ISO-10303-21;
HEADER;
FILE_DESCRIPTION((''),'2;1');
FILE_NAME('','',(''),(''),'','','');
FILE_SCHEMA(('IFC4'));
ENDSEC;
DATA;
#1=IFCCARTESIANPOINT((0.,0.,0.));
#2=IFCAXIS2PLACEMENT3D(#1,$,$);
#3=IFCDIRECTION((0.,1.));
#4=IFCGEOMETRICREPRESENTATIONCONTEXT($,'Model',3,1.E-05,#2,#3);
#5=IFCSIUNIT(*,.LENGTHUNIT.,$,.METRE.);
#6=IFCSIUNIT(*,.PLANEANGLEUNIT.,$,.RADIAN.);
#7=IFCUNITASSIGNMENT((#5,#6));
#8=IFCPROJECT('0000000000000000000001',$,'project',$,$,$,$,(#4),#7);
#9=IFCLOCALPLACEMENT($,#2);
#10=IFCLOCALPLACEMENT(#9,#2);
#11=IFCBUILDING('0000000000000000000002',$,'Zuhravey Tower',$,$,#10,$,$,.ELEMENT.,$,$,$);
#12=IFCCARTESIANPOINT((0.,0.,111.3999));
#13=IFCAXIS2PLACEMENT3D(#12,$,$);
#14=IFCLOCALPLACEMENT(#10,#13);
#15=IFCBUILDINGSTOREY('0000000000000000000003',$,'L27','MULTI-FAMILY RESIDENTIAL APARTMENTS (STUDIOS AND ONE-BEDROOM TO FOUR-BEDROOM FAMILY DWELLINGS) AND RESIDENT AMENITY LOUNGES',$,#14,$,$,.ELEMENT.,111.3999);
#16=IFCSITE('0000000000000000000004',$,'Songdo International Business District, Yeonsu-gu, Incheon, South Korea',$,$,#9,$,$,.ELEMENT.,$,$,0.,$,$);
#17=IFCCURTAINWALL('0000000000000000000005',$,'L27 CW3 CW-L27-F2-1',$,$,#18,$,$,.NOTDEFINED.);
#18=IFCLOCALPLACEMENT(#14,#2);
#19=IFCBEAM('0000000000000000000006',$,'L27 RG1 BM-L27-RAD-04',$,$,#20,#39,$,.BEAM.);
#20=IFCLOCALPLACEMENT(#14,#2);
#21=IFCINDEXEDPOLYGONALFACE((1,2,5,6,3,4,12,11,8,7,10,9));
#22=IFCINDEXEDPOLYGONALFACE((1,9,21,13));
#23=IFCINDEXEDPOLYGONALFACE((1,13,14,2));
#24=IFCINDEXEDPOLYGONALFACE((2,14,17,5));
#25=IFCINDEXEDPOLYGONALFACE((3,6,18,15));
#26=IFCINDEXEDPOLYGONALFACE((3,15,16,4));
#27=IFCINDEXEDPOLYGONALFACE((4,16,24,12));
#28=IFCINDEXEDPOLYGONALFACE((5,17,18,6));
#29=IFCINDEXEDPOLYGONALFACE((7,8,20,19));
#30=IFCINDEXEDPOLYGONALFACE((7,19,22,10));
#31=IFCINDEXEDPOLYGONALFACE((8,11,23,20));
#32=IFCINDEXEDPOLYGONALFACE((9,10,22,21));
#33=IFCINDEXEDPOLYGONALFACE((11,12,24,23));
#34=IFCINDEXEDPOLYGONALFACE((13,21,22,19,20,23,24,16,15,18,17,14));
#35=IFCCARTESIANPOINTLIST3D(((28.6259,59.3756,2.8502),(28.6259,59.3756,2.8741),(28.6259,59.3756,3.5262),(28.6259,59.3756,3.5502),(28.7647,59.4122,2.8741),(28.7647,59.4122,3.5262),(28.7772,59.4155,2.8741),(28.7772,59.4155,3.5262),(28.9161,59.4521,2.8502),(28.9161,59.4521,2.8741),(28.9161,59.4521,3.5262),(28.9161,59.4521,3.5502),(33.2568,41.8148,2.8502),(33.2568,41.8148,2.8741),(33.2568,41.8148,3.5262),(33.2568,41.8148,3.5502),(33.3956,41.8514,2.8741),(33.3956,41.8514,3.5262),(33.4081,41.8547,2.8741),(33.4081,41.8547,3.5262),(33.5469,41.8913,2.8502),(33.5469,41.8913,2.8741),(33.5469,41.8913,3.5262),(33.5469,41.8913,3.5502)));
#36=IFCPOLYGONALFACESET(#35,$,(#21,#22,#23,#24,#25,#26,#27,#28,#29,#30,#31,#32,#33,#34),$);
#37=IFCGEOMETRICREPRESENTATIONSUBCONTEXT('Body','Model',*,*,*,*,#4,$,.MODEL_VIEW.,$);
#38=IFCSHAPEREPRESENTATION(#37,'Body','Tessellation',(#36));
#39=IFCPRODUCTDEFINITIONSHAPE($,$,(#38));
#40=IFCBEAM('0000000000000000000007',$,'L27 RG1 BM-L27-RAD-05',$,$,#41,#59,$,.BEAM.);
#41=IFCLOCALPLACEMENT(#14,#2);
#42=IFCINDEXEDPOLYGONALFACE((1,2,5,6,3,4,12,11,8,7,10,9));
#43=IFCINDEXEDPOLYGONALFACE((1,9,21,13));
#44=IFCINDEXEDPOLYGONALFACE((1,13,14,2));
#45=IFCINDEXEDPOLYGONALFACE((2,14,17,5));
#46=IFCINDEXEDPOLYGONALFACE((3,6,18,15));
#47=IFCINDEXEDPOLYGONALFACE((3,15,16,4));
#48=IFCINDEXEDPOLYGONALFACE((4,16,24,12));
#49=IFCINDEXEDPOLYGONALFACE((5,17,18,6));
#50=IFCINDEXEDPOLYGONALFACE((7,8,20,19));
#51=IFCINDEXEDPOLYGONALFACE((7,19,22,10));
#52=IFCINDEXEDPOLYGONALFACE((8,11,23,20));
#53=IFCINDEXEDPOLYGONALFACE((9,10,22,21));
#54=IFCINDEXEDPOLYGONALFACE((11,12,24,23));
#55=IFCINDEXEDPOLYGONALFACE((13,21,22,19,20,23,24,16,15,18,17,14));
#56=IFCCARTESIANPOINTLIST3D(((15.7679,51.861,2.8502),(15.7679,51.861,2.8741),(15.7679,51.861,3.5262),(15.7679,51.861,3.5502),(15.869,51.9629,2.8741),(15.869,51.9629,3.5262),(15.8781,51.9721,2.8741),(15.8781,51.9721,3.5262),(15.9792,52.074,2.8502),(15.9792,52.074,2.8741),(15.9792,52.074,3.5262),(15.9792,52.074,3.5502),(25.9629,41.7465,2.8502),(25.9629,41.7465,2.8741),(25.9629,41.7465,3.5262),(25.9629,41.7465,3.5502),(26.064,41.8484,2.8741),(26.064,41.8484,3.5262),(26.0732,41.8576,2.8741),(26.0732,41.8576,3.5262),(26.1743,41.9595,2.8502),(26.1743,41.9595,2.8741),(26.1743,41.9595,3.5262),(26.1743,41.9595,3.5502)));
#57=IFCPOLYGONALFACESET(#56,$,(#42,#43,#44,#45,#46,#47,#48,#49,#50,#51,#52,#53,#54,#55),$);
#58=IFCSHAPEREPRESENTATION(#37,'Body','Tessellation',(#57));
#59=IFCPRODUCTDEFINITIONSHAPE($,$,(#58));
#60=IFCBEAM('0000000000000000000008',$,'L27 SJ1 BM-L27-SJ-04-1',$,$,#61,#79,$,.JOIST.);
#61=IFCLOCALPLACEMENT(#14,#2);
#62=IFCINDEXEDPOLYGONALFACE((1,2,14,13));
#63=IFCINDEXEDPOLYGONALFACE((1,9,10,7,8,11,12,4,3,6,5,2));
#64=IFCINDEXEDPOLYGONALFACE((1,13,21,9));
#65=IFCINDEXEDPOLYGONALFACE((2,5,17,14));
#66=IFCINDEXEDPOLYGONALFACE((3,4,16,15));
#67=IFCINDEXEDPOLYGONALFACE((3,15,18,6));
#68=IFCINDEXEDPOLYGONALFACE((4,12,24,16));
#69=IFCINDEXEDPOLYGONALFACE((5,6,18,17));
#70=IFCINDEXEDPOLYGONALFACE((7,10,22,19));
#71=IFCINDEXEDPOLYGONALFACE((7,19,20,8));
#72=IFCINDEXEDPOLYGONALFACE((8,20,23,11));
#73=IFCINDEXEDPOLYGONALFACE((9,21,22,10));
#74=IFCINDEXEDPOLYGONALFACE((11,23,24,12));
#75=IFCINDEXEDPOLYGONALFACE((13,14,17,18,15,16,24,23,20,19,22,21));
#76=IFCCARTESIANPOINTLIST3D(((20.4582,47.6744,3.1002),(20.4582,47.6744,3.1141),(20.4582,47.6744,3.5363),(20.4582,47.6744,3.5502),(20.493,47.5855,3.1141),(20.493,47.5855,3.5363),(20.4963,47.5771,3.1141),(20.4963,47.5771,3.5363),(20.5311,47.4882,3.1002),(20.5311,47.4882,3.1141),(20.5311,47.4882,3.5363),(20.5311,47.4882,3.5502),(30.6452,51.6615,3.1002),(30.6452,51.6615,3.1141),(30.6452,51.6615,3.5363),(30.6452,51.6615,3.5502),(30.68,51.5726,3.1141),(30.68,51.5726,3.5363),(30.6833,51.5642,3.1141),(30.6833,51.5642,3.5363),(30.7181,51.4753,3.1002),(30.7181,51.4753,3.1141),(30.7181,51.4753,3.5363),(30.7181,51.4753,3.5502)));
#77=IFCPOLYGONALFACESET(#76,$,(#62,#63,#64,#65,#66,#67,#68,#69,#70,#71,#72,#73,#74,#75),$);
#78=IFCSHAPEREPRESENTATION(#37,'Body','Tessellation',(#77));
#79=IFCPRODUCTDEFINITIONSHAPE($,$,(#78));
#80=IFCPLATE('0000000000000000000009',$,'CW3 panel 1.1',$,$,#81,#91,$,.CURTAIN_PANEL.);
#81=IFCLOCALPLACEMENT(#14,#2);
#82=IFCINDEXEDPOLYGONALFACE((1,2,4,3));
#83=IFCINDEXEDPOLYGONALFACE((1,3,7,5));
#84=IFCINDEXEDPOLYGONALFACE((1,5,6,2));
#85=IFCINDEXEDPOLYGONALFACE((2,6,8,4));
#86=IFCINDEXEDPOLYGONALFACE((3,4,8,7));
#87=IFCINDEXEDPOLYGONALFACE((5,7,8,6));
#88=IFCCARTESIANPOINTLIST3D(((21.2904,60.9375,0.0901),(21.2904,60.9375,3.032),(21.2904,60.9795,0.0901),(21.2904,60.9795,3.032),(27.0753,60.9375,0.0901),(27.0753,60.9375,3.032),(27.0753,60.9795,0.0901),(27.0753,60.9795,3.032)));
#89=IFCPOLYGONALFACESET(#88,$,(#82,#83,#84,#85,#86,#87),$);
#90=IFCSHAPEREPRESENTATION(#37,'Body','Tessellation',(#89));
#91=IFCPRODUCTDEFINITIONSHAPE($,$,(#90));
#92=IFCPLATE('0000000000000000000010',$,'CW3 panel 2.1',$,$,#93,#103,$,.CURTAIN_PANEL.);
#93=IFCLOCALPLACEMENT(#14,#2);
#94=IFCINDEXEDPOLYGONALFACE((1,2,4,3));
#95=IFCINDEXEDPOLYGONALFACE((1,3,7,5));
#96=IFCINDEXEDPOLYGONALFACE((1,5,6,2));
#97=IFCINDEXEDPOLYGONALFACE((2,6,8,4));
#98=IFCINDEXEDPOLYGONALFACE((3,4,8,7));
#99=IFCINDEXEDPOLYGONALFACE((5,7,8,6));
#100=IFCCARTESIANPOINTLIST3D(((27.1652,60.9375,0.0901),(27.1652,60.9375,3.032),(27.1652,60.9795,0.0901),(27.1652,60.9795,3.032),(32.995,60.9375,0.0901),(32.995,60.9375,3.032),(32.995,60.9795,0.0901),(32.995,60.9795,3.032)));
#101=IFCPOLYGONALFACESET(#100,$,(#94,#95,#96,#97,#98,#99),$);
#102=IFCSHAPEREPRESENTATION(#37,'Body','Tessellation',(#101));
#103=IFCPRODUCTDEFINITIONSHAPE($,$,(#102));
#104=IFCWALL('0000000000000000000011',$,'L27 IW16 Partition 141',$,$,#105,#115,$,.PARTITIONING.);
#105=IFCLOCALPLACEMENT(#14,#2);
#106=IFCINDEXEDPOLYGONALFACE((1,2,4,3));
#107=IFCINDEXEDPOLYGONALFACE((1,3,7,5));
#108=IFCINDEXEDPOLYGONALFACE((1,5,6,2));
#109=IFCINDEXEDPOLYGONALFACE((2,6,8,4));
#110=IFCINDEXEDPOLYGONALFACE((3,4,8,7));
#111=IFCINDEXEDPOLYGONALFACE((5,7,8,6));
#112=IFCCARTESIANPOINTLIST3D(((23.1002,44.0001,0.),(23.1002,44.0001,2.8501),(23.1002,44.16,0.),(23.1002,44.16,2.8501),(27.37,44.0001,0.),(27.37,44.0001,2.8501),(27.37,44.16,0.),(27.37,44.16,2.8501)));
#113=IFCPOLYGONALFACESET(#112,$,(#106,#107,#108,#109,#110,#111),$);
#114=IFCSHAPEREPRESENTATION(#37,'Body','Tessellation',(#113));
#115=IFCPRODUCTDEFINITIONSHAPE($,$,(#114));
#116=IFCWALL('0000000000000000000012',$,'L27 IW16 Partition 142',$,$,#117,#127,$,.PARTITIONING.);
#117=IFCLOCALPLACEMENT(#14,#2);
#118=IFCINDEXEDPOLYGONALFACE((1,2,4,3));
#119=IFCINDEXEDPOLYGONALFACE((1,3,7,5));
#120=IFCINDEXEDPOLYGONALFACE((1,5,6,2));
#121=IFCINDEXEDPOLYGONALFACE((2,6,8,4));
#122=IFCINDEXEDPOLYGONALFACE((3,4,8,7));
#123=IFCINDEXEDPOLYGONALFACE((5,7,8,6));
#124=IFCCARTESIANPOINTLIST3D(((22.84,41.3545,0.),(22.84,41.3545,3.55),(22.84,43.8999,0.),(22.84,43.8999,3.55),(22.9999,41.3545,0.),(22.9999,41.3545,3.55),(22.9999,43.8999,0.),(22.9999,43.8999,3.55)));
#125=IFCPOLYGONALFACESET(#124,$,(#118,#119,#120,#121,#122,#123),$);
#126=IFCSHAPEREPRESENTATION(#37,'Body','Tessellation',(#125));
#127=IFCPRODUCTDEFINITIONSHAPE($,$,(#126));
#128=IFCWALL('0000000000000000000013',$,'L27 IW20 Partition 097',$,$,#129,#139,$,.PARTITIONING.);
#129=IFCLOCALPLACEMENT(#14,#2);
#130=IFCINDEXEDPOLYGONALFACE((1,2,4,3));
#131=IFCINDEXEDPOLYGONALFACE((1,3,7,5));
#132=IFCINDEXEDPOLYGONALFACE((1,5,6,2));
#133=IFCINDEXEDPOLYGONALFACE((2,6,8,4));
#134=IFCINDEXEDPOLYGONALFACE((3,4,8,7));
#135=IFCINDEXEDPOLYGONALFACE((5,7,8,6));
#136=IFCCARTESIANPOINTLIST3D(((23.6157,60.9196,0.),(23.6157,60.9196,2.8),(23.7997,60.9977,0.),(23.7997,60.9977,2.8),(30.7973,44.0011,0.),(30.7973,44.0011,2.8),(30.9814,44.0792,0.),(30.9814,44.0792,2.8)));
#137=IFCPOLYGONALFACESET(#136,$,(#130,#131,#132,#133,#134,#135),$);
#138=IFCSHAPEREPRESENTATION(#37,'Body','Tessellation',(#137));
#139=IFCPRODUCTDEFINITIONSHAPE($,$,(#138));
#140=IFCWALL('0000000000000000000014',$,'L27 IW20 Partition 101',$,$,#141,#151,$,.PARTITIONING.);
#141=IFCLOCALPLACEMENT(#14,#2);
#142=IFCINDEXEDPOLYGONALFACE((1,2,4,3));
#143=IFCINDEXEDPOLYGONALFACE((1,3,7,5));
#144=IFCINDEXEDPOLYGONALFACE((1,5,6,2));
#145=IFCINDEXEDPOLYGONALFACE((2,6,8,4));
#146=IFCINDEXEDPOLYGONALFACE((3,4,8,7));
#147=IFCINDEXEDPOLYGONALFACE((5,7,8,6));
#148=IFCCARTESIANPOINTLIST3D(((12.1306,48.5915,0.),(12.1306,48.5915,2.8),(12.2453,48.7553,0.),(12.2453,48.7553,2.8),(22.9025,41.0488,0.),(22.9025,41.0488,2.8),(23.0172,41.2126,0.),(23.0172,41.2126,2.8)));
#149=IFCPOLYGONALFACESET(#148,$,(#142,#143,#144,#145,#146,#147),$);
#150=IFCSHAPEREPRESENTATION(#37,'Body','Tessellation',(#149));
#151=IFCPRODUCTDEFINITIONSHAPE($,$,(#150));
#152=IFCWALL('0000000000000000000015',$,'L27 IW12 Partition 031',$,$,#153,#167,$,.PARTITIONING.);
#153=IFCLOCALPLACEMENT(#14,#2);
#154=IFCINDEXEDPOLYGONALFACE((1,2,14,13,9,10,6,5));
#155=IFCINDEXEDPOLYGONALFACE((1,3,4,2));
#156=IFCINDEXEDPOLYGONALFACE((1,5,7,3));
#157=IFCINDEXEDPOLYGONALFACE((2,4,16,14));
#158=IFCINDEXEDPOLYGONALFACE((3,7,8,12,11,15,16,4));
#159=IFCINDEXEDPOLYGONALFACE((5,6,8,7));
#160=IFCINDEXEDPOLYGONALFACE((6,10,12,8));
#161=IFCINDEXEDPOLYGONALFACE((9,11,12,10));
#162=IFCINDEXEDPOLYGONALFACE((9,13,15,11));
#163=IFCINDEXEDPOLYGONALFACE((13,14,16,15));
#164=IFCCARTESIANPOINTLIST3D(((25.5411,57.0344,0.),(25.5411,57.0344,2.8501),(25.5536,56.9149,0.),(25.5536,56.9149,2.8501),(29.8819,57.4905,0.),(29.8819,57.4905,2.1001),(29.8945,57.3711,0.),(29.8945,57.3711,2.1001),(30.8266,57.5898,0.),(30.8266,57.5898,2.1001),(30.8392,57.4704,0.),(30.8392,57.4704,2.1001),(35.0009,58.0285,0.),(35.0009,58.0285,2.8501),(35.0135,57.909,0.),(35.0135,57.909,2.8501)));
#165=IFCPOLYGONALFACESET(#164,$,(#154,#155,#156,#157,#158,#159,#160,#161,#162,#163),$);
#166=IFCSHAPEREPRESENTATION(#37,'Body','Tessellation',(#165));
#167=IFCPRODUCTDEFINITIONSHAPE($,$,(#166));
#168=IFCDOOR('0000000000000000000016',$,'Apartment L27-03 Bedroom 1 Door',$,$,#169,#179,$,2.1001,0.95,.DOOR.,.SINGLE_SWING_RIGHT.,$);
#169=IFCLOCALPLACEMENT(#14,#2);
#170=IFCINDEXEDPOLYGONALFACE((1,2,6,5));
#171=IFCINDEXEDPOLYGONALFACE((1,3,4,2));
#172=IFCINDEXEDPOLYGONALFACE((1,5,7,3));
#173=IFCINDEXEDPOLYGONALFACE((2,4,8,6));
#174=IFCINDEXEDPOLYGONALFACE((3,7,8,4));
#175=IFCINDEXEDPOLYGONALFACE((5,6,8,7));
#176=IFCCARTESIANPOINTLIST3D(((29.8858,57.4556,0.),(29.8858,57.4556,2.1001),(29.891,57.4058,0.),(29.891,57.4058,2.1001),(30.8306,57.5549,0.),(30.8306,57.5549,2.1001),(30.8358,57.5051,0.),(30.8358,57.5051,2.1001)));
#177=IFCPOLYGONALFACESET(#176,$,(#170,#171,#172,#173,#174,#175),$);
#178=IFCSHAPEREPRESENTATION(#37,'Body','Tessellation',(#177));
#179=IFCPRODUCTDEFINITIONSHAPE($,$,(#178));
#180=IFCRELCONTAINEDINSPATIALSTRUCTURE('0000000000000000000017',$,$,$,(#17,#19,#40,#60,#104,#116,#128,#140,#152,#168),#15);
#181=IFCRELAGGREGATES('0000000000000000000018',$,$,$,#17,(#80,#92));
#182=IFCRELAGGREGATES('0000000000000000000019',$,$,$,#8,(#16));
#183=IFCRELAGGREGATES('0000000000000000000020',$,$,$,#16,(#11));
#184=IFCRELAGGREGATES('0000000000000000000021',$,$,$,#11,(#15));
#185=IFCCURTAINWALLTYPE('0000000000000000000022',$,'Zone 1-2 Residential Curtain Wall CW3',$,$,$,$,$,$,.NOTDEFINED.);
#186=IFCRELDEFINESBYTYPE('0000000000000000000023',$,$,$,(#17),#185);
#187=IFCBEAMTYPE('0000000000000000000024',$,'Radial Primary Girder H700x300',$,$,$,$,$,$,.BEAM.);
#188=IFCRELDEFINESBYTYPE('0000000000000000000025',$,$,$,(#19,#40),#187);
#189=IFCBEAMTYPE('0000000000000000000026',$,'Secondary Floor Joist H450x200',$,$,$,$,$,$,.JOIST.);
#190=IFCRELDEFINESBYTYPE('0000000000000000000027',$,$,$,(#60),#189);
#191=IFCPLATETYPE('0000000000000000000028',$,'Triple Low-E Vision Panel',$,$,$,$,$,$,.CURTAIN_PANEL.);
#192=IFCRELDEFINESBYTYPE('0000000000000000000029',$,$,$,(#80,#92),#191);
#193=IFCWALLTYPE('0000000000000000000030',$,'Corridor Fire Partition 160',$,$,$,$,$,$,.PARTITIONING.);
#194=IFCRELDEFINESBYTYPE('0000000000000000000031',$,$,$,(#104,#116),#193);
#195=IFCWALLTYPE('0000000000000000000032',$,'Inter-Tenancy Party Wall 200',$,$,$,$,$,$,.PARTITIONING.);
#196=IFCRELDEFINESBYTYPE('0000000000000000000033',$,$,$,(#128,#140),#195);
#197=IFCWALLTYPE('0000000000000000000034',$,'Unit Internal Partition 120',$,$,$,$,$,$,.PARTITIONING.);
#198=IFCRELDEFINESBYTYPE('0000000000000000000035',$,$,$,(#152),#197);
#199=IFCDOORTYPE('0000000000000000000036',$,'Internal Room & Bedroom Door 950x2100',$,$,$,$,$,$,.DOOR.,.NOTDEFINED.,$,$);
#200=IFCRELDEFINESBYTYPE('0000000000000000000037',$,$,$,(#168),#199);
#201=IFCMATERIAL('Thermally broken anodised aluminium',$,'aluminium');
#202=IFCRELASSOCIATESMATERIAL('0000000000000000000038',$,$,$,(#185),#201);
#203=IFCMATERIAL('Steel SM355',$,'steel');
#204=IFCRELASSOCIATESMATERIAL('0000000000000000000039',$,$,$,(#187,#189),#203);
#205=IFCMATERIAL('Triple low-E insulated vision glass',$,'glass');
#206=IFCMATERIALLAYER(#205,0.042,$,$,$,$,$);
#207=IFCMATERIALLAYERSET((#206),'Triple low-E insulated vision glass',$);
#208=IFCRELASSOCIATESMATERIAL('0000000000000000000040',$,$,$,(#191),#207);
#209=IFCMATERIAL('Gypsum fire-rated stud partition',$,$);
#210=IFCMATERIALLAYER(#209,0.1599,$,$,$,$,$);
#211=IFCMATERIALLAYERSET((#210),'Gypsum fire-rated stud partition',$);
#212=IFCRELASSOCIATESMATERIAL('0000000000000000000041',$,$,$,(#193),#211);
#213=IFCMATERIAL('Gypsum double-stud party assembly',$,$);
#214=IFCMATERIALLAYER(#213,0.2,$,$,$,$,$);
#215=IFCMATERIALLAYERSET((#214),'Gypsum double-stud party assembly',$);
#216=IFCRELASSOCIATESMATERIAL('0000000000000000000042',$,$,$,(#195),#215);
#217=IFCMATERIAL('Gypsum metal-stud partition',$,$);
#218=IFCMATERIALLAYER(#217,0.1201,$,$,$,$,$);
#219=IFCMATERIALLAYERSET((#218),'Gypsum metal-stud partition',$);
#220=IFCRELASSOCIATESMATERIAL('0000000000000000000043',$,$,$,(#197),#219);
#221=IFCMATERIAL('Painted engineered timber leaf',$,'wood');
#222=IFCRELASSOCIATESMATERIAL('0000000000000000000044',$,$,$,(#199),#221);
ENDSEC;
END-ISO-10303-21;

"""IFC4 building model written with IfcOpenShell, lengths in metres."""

from ifc_helpers import new_model, si_unit, direction, frame, frame_2d, origin, origin_2d, place, context, subcontext, project, spatial, rectangle, i_section, extrude, material, layer, layer_set, material_profile, profile_set, type_object, element, fill, aggregate, save


model = new_model("IFC4")

# Units and contexts
model_context = context("Model", 3, precision=1e-05, world=origin(), true_north=direction((0.0, 1.0)))
body_context = subcontext(model_context, "Body", "Model", "MODEL_VIEW")
ifc_project = project(units=[si_unit("LENGTHUNIT", "METRE"), si_unit("PLANEANGLEUNIT", "RADIAN")], contexts=[model_context])

# Site, building, storey
site_placement = place(None, origin())
site = spatial("IfcSite", under=ifc_project, at=site_placement, Name="Songdo International Business District, Yeonsu-gu, Incheon, South Korea", CompositionType="ELEMENT", RefElevation=0.0)
building_placement = place(site_placement, origin())
building = spatial("IfcBuilding", under=site, at=building_placement, Name="Zuhravey Tower", CompositionType="ELEMENT")
storey_placement = place(building_placement, frame((0.0, 0.0, 111.3999)))
storey = spatial("IfcBuildingStorey", under=building, at=storey_placement, Name="L27", Description="MULTI-FAMILY RESIDENTIAL APARTMENTS (STUDIOS AND ONE-BEDROOM TO FOUR-BEDROOM FAMILY DWELLINGS) AND RESIDENT AMENITY LOUNGES", CompositionType="ELEMENT", Elevation=111.3999)

# Curtain wall
ifc_material_1 = material(Name="Thermally broken anodised aluminium", Category="aluminium")
curtain_wall_type = type_object("IfcCurtainWallType", Name="Zone 1-2 Residential Curtain Wall CW3", PredefinedType="NOTDEFINED", material=ifc_material_1)
curtain_wall_placement = place(storey_placement, origin())
curtain_wall = element("IfcCurtainWall", 1, at=curtain_wall_placement, inside=storey, type_object=curtain_wall_type, Name="L27 CW3 CW-L27-F2-1", PredefinedType="NOTDEFINED")

# Beams
ifc_material_2 = material(Name="Steel SM355", Category="steel")
ifc_material_profile_1 = material_profile(ifc_material_2, i_section(OverallWidth=0.3, OverallDepth=0.7, WebThickness=0.0129, FlangeThickness=0.0239, at=origin_2d()), Name="H-700x300x13x24")
ifc_profile_set_1 = profile_set([ifc_material_profile_1], Name="Steel SM355")
beam_type_1 = type_object("IfcBeamType", Name="Radial Primary Girder H700x300", PredefinedType="BEAM", material=ifc_profile_set_1)
beam_1_placement = place(storey_placement, frame((33.4019, 41.853, 3.2002), z_axis=(-0.254988, 0.966944, 0.0), x_axis=(-0.966944, -0.254988, 0.0)))
element("IfcBeam", 2, at=beam_1_placement, inside=storey, type_object=beam_type_1, Name="L27 RG1 BM-L27-RAD-04", PredefinedType="BEAM", context=body_context, shape_type="SweptSolid", body=[
    extrude(i_section(OverallWidth=0.3, OverallDepth=0.7, WebThickness=0.0129, FlangeThickness=0.0239, at=origin_2d()), origin(), (0.0, 0.0, 1.0), 18.1611),
])
beam_2_placement = place(storey_placement, frame((26.0686, 41.853, 3.2002), z_axis=(-0.709906, 0.704296, 0.0), x_axis=(-0.704296, -0.709906, 0.0)))
element("IfcBeam", 3, at=beam_2_placement, inside=storey, type_object=beam_type_1, Name="L27 RG1 BM-L27-RAD-05", PredefinedType="BEAM", context=body_context, shape_type="SweptSolid", body=[
    extrude(i_section(OverallWidth=0.3, OverallDepth=0.7, WebThickness=0.0129, FlangeThickness=0.0239, at=origin_2d()), origin(), (0.0, 0.0, 1.0), 14.3611),
])
ifc_material_profile_2 = material_profile(ifc_material_2, i_section(OverallWidth=0.2, OverallDepth=0.45, WebThickness=0.009, FlangeThickness=0.0139, at=origin_2d()), Name="H-450x200x9x14")
ifc_profile_set_2 = profile_set([ifc_material_profile_2], Name="Steel SM355")
beam_type_2 = type_object("IfcBeamType", Name="Secondary Floor Joist H450x200", PredefinedType="JOIST", material=ifc_profile_set_2)
beam_3_placement = place(storey_placement, frame((30.6816, 51.5684, 3.3252), z_axis=(-0.931217, -0.364466, 0.0), x_axis=(0.364466, -0.931217, 0.0)))
element("IfcBeam", 4, at=beam_3_placement, inside=storey, type_object=beam_type_2, Name="L27 SJ1 BM-L27-SJ-04-1", PredefinedType="JOIST", context=body_context, shape_type="SweptSolid", body=[
    extrude(i_section(OverallWidth=0.2, OverallDepth=0.45, WebThickness=0.009, FlangeThickness=0.0139, at=origin_2d()), origin(), (0.0, 0.0, 1.0), 10.9395),
])

# Plates
ifc_material_3 = material(Name="Triple low-E insulated vision glass", Category="glass")
ifc_layer_1 = layer(ifc_material_3, 0.042)
ifc_layer_set_1 = layer_set([ifc_layer_1], Name="Triple low-E insulated vision glass")
plate_type = type_object("IfcPlateType", Name="Triple Low-E Vision Panel", PredefinedType="CURTAIN_PANEL", material=ifc_layer_set_1)
plate_1_placement = place(storey_placement, frame((24.1829, 60.9585, 0.0901), z_axis=(0.0, 0.0, 1.0), x_axis=(1.0, 0.0, 0.0)))
plate_1 = element("IfcPlate", 5, at=plate_1_placement, type_object=plate_type, Name="CW3 panel 1.1", PredefinedType="CURTAIN_PANEL", context=body_context, shape_type="SweptSolid", body=[
    extrude(rectangle(XDim=5.7849, YDim=0.042, at=origin_2d()), origin(), (0.0, 0.0, 1.0), 2.9419),
])
plate_2_placement = place(storey_placement, frame((30.0801, 60.9585, 0.0901), z_axis=(0.0, 0.0, 1.0), x_axis=(1.0, 0.0, 0.0)))
plate_2 = element("IfcPlate", 6, at=plate_2_placement, type_object=plate_type, Name="CW3 panel 2.1", PredefinedType="CURTAIN_PANEL", context=body_context, shape_type="SweptSolid", body=[
    extrude(rectangle(XDim=5.8298, YDim=0.042, at=origin_2d()), origin(), (0.0, 0.0, 1.0), 2.9419),
])
aggregate(curtain_wall, [plate_1, plate_2])

# Shared definitions
ifc_material_4 = material(Name="Gypsum fire-rated stud partition")
ifc_layer_2 = layer(ifc_material_4, 0.1599)
ifc_layer_set_2 = layer_set([ifc_layer_2], Name="Gypsum fire-rated stud partition")
wall_type_1 = type_object("IfcWallType", Name="Corridor Fire Partition 160", PredefinedType="PARTITIONING", material=ifc_layer_set_2)

# Walls
wall_1_placement = place(storey_placement, frame((27.3699, 44.0801, 0.0), z_axis=(0.0, 0.0, 1.0), x_axis=(-1.0, 0.0, 0.0)))
element("IfcWall", 7, at=wall_1_placement, inside=storey, type_object=wall_type_1, Name="L27 IW16 Partition 141", PredefinedType="PARTITIONING", context=body_context, shape_type="SweptSolid", body=[
    extrude(rectangle(XDim=4.2698, YDim=0.1599, at=frame_2d((2.1348, 0.0))), origin(), (0.0, 0.0, 1.0), 2.8501),
])
wall_2_placement = place(storey_placement, frame((22.9199, 43.8999, 0.0), z_axis=(0.0, 0.0, 1.0), x_axis=(0.0, -1.0, 0.0)))
element("IfcWall", 8, at=wall_2_placement, inside=storey, type_object=wall_type_1, Name="L27 IW16 Partition 142", PredefinedType="PARTITIONING", context=body_context, shape_type="SweptSolid", body=[
    extrude(rectangle(XDim=2.5454, YDim=0.1599, at=frame_2d((1.2727, 0.0))), origin(), (0.0, 0.0, 1.0), 3.55),
])
ifc_material_5 = material(Name="Gypsum double-stud party assembly")
ifc_layer_3 = layer(ifc_material_5, 0.2)
ifc_layer_set_3 = layer_set([ifc_layer_3], Name="Gypsum double-stud party assembly")
wall_type_2 = type_object("IfcWallType", Name="Inter-Tenancy Party Wall 200", PredefinedType="PARTITIONING", material=ifc_layer_set_3)
wall_3_placement = place(storey_placement, frame((30.8894, 44.04, 0.0), z_axis=(0.0, 0.0, 1.0), x_axis=(-0.39074, 0.920501, 0.0)))
element("IfcWall", 9, at=wall_3_placement, inside=storey, type_object=wall_type_2, Name="L27 IW20 Partition 097", PredefinedType="PARTITIONING", context=body_context, shape_type="SweptSolid", body=[
    extrude(rectangle(XDim=18.3796, YDim=0.2, at=frame_2d((9.1899, 0.0))), origin(), (0.0, 0.0, 1.0), 2.8),
])
wall_4_placement = place(storey_placement, frame((22.96, 41.1306, 0.0), z_axis=(0.0, 0.0, 1.0), x_axis=(-0.819148, 0.573582, 0.0)))
element("IfcWall", 10, at=wall_4_placement, inside=storey, type_object=wall_type_2, Name="L27 IW20 Partition 101", PredefinedType="PARTITIONING", context=body_context, shape_type="SweptSolid", body=[
    extrude(rectangle(XDim=13.1501, YDim=0.2, at=frame_2d((6.5752, 0.0))), origin(), (0.0, 0.0, 1.0), 2.8),
])

# Wall, opening, door
ifc_material_6 = material(Name="Gypsum metal-stud partition")
ifc_layer_4 = layer(ifc_material_6, 0.1201)
ifc_layer_set_4 = layer_set([ifc_layer_4], Name="Gypsum metal-stud partition")
wall_type_3 = type_object("IfcWallType", Name="Unit Internal Partition 120", PredefinedType="PARTITIONING", material=ifc_layer_set_4)
wall_5_placement = place(storey_placement, frame((35.0071, 57.9688, 0.0), z_axis=(0.0, 0.0, 1.0), x_axis=(-0.994523, -0.104514, 0.0)))
wall_5 = element("IfcWall", 11, at=wall_5_placement, inside=storey, type_object=wall_type_3, Name="L27 IW12 Partition 031", PredefinedType="PARTITIONING", context=body_context, shape_type="SweptSolid", body=[
    extrude(rectangle(XDim=9.512, YDim=0.1201, at=frame_2d((4.7559, 0.0))), origin(), (0.0, 0.0, 1.0), 2.8501),
])
opening_1_placement = place(wall_5_placement, frame((4.197, 0.0, 0.0)))
opening_1 = element("IfcOpeningElement", 12, at=opening_1_placement, cuts=wall_5, PredefinedType="OPENING", context=body_context, shape_type="SweptSolid", body=[
    extrude(rectangle(XDim=0.95, YDim=2.1001, at=frame_2d((0.4751, 1.05))), frame((0.0, 0.072, 0.0), z_axis=(0.0, -1.0, 0.0), x_axis=(1.0, 0.0, 0.0)), (0.0, 0.0, 1.0), 0.144),
])
ifc_material_7 = material(Name="Painted engineered timber leaf", Category="wood")
door_type_1 = type_object("IfcDoorType", Name="Internal Room & Bedroom Door 950x2100", OperationType="NOTDEFINED", PredefinedType="DOOR", material=ifc_material_7)
door_1_placement = place(opening_1_placement, frame((0.95, 0.0, 0.0), z_axis=(0.0, 0.0, 1.0), x_axis=(-1.0, 0.0, 0.0)))
door_1 = element("IfcDoor", 13, at=door_1_placement, inside=storey, type_object=door_type_1, Name="Apartment L27-03 Bedroom 1 Door", OperationType="SINGLE_SWING_RIGHT", OverallHeight=2.1001, OverallWidth=0.95, PredefinedType="DOOR", context=body_context, shape_type="SweptSolid", body=[
    extrude(rectangle(XDim=0.95, YDim=2.1001, at=frame_2d((0.4751, 1.05))), frame((0.0, 0.0249, 0.0), z_axis=(0.0, -1.0, 0.0), x_axis=(1.0, 0.0, 0.0)), (0.0, 0.0, 1.0), 0.05),
])
fill(opening_1, door_1)

save(model, "model.ifc")
